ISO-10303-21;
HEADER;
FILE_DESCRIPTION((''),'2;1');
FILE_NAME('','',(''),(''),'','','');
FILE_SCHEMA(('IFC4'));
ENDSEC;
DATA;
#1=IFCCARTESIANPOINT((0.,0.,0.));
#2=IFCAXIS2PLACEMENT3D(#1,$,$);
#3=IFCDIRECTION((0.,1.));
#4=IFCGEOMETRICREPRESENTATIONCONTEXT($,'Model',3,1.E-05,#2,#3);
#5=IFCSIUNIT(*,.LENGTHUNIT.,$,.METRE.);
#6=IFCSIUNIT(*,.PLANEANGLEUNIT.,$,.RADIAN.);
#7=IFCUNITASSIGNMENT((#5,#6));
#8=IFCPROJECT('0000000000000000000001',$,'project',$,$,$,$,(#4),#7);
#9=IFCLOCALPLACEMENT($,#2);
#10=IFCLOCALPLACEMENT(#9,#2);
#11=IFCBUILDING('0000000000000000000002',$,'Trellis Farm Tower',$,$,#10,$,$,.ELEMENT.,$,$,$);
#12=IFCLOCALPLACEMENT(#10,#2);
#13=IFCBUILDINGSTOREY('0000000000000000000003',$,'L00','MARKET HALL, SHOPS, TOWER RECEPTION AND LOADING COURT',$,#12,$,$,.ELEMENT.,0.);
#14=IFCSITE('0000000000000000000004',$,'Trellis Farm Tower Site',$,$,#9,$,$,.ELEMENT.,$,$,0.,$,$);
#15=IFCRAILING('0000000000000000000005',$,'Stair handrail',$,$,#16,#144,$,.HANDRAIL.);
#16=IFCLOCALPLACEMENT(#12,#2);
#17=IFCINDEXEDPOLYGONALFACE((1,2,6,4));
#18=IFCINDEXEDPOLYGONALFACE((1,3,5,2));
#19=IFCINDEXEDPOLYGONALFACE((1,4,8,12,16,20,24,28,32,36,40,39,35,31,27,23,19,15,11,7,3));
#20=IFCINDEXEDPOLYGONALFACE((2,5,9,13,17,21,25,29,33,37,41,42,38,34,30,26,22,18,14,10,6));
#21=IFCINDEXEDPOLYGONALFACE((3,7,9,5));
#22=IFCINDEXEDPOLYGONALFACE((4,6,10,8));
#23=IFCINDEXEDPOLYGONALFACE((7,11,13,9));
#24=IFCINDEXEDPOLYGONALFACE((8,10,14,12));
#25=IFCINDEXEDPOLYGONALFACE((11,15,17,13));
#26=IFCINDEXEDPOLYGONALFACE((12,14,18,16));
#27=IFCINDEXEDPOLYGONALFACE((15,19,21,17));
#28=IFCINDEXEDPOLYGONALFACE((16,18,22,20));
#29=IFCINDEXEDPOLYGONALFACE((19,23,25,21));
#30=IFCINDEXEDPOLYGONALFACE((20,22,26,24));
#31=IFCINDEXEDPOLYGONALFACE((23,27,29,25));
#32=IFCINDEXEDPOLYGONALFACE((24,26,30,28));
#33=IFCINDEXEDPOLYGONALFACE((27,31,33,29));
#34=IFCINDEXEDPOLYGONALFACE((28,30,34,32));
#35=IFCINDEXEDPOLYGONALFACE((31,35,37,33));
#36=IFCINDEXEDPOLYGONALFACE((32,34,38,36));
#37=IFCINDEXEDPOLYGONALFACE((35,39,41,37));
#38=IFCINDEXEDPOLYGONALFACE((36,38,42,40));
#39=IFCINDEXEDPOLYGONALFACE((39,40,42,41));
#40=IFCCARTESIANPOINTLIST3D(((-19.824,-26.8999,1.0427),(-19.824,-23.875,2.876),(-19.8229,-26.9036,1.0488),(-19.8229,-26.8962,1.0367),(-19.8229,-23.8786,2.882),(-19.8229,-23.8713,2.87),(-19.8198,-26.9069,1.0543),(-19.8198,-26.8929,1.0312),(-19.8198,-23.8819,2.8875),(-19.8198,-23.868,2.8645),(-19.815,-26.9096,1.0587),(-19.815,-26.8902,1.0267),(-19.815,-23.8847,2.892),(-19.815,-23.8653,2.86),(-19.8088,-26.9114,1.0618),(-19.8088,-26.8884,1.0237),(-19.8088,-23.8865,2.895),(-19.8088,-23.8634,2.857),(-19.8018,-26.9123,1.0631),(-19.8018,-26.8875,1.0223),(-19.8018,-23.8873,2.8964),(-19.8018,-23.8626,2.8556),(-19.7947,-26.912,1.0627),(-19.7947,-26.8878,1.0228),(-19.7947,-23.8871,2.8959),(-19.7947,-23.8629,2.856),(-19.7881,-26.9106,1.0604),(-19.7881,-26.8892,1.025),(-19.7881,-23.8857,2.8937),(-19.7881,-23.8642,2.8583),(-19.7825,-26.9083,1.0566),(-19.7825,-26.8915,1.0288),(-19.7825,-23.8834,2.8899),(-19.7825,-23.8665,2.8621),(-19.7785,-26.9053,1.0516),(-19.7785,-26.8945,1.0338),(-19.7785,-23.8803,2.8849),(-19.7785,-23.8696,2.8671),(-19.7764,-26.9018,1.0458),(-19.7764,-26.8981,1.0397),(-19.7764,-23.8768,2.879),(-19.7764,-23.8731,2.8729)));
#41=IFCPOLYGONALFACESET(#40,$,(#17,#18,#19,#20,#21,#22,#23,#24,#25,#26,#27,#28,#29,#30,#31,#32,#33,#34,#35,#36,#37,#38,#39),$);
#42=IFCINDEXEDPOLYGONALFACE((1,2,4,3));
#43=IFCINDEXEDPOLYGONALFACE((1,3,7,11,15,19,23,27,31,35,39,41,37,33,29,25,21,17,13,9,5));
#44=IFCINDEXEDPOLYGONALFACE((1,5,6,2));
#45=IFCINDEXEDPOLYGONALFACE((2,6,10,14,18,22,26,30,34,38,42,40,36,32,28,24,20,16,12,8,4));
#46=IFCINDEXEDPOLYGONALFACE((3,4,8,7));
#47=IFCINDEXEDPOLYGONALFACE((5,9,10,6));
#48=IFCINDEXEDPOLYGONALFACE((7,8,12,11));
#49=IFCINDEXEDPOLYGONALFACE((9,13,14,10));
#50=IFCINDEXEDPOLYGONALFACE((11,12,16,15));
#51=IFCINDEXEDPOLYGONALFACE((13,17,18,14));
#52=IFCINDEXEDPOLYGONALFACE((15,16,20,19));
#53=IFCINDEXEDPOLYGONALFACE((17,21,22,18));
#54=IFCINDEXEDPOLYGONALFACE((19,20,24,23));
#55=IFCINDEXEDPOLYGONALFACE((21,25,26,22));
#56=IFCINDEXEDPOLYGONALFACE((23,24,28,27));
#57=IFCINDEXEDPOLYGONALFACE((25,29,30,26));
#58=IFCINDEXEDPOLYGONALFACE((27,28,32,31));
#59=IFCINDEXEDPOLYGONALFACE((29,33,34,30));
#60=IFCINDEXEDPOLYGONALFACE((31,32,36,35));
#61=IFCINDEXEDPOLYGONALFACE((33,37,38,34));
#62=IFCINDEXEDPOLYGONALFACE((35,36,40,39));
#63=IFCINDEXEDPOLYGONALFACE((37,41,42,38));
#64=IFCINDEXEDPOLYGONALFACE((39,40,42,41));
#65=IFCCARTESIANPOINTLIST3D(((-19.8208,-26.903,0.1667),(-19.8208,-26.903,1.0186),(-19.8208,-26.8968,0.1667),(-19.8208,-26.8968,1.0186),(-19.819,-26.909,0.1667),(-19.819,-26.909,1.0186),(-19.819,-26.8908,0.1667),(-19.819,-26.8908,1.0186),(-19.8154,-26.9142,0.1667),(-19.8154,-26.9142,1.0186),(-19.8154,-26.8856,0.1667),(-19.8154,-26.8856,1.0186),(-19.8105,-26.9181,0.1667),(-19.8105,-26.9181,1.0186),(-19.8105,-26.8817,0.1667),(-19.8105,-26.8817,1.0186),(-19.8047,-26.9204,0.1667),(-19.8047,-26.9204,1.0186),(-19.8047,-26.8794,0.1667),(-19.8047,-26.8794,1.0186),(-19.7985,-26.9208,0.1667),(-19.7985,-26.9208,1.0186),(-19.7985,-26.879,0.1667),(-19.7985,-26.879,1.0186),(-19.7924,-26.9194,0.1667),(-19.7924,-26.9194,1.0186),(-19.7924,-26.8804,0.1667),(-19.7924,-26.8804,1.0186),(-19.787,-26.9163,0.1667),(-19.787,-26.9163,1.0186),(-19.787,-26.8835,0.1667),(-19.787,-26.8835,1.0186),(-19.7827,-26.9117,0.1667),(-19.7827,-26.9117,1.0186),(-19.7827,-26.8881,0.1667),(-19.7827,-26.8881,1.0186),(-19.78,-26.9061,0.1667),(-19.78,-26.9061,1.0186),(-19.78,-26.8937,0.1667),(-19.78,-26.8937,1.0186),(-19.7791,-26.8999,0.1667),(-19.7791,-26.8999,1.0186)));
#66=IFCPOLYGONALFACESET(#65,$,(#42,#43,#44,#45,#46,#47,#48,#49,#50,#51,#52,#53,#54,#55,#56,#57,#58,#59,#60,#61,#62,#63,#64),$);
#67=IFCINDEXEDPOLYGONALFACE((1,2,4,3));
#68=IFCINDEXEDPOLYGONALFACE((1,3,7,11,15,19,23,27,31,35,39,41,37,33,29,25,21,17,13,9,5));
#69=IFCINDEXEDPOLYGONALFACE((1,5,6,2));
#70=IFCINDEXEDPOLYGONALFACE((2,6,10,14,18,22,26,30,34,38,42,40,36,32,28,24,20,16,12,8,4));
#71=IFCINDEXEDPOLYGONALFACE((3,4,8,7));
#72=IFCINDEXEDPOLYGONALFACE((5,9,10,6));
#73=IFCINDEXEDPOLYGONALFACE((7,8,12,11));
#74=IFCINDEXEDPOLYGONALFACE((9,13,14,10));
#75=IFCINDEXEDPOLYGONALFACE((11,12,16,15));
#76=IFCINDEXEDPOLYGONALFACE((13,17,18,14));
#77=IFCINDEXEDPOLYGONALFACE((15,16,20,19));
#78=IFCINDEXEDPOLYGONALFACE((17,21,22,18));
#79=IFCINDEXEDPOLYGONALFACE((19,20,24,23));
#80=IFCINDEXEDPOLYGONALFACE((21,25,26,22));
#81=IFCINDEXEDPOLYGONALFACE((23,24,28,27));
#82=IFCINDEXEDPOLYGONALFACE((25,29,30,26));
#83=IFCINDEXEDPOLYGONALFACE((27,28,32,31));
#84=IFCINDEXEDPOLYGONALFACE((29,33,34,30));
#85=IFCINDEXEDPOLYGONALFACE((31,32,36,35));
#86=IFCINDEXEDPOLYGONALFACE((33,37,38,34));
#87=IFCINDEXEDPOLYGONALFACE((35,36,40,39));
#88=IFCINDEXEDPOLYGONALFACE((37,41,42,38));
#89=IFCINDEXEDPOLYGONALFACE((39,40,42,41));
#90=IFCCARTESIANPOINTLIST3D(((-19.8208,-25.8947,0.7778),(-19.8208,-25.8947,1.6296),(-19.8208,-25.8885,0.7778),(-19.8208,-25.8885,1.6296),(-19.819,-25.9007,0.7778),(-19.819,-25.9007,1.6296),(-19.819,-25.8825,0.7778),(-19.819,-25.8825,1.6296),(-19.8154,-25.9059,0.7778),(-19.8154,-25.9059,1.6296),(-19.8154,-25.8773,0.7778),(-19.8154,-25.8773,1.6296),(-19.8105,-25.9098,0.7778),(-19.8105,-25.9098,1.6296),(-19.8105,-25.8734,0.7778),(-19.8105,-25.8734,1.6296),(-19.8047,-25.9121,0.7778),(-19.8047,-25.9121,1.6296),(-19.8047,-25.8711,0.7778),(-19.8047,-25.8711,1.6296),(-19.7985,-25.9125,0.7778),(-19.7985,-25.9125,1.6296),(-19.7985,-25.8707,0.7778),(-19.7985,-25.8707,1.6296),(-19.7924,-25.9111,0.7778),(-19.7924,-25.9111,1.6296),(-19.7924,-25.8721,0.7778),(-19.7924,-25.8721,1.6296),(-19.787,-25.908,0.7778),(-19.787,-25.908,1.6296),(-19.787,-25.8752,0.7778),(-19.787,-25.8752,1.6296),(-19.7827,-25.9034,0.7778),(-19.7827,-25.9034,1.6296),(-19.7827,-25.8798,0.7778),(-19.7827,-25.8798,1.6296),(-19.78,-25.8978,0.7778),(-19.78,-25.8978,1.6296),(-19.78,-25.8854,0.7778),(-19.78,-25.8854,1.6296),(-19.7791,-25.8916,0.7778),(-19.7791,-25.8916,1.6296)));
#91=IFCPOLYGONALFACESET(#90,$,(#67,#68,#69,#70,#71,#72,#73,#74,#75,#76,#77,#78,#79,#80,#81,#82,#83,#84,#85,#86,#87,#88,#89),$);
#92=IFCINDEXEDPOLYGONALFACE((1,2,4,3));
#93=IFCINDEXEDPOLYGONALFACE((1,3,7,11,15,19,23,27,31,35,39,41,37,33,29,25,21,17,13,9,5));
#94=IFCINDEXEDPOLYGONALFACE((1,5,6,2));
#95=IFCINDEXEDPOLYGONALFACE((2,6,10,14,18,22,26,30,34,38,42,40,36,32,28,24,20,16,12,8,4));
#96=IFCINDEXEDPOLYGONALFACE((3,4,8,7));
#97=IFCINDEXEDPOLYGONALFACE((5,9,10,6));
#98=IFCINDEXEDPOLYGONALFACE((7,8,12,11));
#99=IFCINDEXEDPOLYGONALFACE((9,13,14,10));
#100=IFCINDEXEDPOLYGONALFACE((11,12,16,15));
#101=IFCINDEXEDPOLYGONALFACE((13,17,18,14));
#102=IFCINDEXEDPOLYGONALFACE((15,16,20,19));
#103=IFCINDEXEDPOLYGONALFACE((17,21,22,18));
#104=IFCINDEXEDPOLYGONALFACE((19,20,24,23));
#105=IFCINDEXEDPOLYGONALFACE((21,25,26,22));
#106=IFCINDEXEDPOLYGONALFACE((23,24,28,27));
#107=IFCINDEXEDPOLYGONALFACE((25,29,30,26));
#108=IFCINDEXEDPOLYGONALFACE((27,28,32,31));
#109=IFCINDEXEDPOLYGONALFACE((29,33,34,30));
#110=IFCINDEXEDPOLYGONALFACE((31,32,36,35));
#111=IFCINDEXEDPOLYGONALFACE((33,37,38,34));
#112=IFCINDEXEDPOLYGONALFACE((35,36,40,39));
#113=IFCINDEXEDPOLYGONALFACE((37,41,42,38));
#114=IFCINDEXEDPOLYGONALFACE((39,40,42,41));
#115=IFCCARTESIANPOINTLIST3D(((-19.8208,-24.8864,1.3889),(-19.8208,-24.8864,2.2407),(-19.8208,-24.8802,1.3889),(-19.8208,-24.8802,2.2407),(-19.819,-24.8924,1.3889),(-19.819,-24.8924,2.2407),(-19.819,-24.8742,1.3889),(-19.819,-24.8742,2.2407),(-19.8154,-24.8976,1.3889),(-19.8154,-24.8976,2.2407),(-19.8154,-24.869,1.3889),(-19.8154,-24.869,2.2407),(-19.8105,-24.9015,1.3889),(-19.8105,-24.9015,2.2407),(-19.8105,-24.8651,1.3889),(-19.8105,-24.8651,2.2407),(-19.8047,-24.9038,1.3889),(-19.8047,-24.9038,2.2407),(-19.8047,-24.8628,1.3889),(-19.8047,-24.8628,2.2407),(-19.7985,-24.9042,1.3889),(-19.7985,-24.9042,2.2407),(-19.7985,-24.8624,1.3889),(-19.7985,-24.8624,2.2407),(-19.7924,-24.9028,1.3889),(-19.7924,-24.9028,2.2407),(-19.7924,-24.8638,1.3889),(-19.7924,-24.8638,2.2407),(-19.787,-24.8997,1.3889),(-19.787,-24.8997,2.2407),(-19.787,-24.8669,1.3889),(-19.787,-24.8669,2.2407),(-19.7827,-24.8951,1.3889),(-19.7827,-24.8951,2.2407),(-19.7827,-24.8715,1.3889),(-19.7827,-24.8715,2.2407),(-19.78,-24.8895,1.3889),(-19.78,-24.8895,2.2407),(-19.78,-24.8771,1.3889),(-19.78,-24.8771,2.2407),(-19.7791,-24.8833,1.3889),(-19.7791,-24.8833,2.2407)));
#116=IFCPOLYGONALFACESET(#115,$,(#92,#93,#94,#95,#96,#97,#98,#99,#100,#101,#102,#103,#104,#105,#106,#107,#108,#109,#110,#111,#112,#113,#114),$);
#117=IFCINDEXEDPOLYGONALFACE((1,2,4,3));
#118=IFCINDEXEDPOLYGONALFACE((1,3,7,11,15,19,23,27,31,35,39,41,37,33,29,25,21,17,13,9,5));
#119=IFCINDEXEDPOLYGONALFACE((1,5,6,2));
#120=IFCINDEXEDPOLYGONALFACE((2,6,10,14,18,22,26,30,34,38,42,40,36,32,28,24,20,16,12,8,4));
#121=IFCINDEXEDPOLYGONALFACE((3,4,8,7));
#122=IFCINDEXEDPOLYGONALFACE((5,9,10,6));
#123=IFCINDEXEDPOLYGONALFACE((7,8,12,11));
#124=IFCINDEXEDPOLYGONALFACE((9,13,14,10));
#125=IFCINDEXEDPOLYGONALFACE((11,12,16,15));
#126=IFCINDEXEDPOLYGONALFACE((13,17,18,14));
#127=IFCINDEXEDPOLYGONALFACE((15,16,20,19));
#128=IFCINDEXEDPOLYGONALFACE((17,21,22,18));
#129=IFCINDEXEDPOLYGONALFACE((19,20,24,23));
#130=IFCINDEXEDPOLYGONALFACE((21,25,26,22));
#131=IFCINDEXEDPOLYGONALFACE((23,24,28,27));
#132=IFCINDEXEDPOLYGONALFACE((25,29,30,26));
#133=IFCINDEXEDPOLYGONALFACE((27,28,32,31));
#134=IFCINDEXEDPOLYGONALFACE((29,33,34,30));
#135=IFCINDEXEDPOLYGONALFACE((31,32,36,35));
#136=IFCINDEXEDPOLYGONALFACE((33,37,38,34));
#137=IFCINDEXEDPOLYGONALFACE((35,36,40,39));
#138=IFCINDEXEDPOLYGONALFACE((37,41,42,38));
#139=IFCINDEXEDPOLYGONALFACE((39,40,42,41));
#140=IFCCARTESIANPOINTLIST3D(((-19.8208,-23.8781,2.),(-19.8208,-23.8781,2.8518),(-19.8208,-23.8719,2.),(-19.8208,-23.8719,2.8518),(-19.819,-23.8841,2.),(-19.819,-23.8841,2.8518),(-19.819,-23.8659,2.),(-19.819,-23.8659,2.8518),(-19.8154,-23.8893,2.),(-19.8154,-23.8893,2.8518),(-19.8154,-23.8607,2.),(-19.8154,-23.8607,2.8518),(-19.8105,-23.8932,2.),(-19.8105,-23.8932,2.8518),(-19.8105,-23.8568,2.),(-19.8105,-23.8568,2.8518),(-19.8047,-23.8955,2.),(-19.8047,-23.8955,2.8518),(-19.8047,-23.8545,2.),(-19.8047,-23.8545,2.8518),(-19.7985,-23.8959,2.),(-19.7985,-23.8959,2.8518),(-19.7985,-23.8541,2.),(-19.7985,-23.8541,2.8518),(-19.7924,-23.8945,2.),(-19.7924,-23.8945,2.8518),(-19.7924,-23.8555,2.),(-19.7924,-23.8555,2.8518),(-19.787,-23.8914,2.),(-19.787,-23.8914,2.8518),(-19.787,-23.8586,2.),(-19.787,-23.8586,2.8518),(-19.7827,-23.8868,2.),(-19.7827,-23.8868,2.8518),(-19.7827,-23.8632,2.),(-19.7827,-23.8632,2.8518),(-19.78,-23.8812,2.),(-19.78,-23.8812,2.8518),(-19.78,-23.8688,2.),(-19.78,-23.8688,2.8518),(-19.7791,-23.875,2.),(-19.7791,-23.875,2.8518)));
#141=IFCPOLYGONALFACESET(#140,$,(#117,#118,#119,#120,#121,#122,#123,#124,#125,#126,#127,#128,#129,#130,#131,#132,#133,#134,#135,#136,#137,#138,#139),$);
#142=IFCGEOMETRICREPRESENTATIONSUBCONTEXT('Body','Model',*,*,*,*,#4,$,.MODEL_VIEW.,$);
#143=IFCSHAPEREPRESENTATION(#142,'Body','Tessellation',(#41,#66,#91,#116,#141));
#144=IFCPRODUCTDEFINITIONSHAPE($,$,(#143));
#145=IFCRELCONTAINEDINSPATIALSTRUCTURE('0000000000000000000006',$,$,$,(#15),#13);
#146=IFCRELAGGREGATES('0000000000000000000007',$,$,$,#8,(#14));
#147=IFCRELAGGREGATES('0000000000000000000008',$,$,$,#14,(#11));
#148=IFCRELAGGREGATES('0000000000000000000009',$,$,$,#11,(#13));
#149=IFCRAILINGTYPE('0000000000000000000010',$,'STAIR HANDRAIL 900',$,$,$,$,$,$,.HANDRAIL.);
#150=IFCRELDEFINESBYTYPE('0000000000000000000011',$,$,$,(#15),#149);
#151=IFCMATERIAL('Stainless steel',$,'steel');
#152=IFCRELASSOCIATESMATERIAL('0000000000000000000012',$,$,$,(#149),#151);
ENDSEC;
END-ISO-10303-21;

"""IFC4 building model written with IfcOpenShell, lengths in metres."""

from ifc_helpers import new_model, si_unit, direction, frame, origin, origin_2d, place, context, subcontext, project, spatial, circle, extrude, source, transform, mapped, material, type_object, element, save


model = new_model("IFC4")

# Units and contexts
model_context = context("Model", 3, precision=1e-05, world=origin(), true_north=direction((0.0, 1.0)))
body_context = subcontext(model_context, "Body", "Model", "MODEL_VIEW")
ifc_project = project(units=[si_unit("LENGTHUNIT", "METRE"), si_unit("PLANEANGLEUNIT", "RADIAN")], contexts=[model_context])

# Site, building, storey
site_placement = place(None, origin())
site = spatial("IfcSite", under=ifc_project, at=site_placement, Name="Trellis Farm Tower Site", CompositionType="ELEMENT", RefElevation=0.0)
building_placement = place(site_placement, origin())
building = spatial("IfcBuilding", under=site, at=building_placement, Name="Trellis Farm Tower", CompositionType="ELEMENT")
storey_placement = place(building_placement, origin())
storey = spatial("IfcBuildingStorey", under=building, at=storey_placement, Name="L00", Description="MARKET HALL, SHOPS, TOWER RECEPTION AND LOADING COURT", CompositionType="ELEMENT", Elevation=0.0)

# Railing
ifc_material_1 = material(Name="Stainless steel", Category="steel")
railing_type = type_object("IfcRailingType", Name="STAIR HANDRAIL 900", PredefinedType="HANDRAIL", material=ifc_material_1)
shared_shape_1 = source(origin(), body_context, "Body", "SweptSolid", [
    extrude(circle(Radius=0.0239, at=origin_2d()), frame((0.0, 0.0, 0.876), z_axis=(0.0, 0.855201, 0.518297), x_axis=(-1.0, 0.0, 0.0)), (0.0, 0.0, 1.0), 3.5371),
    extrude(circle(Radius=0.021, at=origin_2d()), origin(), (0.0, 0.0, 1.0), 0.8518),
    extrude(circle(Radius=0.021, at=origin_2d()), frame((0.0, 1.0083, 0.6111)), (0.0, 0.0, 1.0), 0.8518),
    extrude(circle(Radius=0.021, at=origin_2d()), frame((0.0, 2.0166, 1.2222)), (0.0, 0.0, 1.0), 0.8518),
    extrude(circle(Radius=0.021, at=origin_2d()), frame((0.0, 3.0249, 1.8333)), (0.0, 0.0, 1.0), 0.8518),
])
for number, where, name in (
    (1, (-19.8, -26.8999, 0.1667), "Stair handrail"),
):
    element("IfcRailing", number, at=place(storey_placement, frame(where)), inside=storey, type_object=railing_type, Name=name, PredefinedType="HANDRAIL", context=body_context, shape_type="MappedRepresentation", body=[
        mapped(shared_shape_1, transform((0.0, 0.0, 0.0))),
    ])

save(model, "model.ifc")
